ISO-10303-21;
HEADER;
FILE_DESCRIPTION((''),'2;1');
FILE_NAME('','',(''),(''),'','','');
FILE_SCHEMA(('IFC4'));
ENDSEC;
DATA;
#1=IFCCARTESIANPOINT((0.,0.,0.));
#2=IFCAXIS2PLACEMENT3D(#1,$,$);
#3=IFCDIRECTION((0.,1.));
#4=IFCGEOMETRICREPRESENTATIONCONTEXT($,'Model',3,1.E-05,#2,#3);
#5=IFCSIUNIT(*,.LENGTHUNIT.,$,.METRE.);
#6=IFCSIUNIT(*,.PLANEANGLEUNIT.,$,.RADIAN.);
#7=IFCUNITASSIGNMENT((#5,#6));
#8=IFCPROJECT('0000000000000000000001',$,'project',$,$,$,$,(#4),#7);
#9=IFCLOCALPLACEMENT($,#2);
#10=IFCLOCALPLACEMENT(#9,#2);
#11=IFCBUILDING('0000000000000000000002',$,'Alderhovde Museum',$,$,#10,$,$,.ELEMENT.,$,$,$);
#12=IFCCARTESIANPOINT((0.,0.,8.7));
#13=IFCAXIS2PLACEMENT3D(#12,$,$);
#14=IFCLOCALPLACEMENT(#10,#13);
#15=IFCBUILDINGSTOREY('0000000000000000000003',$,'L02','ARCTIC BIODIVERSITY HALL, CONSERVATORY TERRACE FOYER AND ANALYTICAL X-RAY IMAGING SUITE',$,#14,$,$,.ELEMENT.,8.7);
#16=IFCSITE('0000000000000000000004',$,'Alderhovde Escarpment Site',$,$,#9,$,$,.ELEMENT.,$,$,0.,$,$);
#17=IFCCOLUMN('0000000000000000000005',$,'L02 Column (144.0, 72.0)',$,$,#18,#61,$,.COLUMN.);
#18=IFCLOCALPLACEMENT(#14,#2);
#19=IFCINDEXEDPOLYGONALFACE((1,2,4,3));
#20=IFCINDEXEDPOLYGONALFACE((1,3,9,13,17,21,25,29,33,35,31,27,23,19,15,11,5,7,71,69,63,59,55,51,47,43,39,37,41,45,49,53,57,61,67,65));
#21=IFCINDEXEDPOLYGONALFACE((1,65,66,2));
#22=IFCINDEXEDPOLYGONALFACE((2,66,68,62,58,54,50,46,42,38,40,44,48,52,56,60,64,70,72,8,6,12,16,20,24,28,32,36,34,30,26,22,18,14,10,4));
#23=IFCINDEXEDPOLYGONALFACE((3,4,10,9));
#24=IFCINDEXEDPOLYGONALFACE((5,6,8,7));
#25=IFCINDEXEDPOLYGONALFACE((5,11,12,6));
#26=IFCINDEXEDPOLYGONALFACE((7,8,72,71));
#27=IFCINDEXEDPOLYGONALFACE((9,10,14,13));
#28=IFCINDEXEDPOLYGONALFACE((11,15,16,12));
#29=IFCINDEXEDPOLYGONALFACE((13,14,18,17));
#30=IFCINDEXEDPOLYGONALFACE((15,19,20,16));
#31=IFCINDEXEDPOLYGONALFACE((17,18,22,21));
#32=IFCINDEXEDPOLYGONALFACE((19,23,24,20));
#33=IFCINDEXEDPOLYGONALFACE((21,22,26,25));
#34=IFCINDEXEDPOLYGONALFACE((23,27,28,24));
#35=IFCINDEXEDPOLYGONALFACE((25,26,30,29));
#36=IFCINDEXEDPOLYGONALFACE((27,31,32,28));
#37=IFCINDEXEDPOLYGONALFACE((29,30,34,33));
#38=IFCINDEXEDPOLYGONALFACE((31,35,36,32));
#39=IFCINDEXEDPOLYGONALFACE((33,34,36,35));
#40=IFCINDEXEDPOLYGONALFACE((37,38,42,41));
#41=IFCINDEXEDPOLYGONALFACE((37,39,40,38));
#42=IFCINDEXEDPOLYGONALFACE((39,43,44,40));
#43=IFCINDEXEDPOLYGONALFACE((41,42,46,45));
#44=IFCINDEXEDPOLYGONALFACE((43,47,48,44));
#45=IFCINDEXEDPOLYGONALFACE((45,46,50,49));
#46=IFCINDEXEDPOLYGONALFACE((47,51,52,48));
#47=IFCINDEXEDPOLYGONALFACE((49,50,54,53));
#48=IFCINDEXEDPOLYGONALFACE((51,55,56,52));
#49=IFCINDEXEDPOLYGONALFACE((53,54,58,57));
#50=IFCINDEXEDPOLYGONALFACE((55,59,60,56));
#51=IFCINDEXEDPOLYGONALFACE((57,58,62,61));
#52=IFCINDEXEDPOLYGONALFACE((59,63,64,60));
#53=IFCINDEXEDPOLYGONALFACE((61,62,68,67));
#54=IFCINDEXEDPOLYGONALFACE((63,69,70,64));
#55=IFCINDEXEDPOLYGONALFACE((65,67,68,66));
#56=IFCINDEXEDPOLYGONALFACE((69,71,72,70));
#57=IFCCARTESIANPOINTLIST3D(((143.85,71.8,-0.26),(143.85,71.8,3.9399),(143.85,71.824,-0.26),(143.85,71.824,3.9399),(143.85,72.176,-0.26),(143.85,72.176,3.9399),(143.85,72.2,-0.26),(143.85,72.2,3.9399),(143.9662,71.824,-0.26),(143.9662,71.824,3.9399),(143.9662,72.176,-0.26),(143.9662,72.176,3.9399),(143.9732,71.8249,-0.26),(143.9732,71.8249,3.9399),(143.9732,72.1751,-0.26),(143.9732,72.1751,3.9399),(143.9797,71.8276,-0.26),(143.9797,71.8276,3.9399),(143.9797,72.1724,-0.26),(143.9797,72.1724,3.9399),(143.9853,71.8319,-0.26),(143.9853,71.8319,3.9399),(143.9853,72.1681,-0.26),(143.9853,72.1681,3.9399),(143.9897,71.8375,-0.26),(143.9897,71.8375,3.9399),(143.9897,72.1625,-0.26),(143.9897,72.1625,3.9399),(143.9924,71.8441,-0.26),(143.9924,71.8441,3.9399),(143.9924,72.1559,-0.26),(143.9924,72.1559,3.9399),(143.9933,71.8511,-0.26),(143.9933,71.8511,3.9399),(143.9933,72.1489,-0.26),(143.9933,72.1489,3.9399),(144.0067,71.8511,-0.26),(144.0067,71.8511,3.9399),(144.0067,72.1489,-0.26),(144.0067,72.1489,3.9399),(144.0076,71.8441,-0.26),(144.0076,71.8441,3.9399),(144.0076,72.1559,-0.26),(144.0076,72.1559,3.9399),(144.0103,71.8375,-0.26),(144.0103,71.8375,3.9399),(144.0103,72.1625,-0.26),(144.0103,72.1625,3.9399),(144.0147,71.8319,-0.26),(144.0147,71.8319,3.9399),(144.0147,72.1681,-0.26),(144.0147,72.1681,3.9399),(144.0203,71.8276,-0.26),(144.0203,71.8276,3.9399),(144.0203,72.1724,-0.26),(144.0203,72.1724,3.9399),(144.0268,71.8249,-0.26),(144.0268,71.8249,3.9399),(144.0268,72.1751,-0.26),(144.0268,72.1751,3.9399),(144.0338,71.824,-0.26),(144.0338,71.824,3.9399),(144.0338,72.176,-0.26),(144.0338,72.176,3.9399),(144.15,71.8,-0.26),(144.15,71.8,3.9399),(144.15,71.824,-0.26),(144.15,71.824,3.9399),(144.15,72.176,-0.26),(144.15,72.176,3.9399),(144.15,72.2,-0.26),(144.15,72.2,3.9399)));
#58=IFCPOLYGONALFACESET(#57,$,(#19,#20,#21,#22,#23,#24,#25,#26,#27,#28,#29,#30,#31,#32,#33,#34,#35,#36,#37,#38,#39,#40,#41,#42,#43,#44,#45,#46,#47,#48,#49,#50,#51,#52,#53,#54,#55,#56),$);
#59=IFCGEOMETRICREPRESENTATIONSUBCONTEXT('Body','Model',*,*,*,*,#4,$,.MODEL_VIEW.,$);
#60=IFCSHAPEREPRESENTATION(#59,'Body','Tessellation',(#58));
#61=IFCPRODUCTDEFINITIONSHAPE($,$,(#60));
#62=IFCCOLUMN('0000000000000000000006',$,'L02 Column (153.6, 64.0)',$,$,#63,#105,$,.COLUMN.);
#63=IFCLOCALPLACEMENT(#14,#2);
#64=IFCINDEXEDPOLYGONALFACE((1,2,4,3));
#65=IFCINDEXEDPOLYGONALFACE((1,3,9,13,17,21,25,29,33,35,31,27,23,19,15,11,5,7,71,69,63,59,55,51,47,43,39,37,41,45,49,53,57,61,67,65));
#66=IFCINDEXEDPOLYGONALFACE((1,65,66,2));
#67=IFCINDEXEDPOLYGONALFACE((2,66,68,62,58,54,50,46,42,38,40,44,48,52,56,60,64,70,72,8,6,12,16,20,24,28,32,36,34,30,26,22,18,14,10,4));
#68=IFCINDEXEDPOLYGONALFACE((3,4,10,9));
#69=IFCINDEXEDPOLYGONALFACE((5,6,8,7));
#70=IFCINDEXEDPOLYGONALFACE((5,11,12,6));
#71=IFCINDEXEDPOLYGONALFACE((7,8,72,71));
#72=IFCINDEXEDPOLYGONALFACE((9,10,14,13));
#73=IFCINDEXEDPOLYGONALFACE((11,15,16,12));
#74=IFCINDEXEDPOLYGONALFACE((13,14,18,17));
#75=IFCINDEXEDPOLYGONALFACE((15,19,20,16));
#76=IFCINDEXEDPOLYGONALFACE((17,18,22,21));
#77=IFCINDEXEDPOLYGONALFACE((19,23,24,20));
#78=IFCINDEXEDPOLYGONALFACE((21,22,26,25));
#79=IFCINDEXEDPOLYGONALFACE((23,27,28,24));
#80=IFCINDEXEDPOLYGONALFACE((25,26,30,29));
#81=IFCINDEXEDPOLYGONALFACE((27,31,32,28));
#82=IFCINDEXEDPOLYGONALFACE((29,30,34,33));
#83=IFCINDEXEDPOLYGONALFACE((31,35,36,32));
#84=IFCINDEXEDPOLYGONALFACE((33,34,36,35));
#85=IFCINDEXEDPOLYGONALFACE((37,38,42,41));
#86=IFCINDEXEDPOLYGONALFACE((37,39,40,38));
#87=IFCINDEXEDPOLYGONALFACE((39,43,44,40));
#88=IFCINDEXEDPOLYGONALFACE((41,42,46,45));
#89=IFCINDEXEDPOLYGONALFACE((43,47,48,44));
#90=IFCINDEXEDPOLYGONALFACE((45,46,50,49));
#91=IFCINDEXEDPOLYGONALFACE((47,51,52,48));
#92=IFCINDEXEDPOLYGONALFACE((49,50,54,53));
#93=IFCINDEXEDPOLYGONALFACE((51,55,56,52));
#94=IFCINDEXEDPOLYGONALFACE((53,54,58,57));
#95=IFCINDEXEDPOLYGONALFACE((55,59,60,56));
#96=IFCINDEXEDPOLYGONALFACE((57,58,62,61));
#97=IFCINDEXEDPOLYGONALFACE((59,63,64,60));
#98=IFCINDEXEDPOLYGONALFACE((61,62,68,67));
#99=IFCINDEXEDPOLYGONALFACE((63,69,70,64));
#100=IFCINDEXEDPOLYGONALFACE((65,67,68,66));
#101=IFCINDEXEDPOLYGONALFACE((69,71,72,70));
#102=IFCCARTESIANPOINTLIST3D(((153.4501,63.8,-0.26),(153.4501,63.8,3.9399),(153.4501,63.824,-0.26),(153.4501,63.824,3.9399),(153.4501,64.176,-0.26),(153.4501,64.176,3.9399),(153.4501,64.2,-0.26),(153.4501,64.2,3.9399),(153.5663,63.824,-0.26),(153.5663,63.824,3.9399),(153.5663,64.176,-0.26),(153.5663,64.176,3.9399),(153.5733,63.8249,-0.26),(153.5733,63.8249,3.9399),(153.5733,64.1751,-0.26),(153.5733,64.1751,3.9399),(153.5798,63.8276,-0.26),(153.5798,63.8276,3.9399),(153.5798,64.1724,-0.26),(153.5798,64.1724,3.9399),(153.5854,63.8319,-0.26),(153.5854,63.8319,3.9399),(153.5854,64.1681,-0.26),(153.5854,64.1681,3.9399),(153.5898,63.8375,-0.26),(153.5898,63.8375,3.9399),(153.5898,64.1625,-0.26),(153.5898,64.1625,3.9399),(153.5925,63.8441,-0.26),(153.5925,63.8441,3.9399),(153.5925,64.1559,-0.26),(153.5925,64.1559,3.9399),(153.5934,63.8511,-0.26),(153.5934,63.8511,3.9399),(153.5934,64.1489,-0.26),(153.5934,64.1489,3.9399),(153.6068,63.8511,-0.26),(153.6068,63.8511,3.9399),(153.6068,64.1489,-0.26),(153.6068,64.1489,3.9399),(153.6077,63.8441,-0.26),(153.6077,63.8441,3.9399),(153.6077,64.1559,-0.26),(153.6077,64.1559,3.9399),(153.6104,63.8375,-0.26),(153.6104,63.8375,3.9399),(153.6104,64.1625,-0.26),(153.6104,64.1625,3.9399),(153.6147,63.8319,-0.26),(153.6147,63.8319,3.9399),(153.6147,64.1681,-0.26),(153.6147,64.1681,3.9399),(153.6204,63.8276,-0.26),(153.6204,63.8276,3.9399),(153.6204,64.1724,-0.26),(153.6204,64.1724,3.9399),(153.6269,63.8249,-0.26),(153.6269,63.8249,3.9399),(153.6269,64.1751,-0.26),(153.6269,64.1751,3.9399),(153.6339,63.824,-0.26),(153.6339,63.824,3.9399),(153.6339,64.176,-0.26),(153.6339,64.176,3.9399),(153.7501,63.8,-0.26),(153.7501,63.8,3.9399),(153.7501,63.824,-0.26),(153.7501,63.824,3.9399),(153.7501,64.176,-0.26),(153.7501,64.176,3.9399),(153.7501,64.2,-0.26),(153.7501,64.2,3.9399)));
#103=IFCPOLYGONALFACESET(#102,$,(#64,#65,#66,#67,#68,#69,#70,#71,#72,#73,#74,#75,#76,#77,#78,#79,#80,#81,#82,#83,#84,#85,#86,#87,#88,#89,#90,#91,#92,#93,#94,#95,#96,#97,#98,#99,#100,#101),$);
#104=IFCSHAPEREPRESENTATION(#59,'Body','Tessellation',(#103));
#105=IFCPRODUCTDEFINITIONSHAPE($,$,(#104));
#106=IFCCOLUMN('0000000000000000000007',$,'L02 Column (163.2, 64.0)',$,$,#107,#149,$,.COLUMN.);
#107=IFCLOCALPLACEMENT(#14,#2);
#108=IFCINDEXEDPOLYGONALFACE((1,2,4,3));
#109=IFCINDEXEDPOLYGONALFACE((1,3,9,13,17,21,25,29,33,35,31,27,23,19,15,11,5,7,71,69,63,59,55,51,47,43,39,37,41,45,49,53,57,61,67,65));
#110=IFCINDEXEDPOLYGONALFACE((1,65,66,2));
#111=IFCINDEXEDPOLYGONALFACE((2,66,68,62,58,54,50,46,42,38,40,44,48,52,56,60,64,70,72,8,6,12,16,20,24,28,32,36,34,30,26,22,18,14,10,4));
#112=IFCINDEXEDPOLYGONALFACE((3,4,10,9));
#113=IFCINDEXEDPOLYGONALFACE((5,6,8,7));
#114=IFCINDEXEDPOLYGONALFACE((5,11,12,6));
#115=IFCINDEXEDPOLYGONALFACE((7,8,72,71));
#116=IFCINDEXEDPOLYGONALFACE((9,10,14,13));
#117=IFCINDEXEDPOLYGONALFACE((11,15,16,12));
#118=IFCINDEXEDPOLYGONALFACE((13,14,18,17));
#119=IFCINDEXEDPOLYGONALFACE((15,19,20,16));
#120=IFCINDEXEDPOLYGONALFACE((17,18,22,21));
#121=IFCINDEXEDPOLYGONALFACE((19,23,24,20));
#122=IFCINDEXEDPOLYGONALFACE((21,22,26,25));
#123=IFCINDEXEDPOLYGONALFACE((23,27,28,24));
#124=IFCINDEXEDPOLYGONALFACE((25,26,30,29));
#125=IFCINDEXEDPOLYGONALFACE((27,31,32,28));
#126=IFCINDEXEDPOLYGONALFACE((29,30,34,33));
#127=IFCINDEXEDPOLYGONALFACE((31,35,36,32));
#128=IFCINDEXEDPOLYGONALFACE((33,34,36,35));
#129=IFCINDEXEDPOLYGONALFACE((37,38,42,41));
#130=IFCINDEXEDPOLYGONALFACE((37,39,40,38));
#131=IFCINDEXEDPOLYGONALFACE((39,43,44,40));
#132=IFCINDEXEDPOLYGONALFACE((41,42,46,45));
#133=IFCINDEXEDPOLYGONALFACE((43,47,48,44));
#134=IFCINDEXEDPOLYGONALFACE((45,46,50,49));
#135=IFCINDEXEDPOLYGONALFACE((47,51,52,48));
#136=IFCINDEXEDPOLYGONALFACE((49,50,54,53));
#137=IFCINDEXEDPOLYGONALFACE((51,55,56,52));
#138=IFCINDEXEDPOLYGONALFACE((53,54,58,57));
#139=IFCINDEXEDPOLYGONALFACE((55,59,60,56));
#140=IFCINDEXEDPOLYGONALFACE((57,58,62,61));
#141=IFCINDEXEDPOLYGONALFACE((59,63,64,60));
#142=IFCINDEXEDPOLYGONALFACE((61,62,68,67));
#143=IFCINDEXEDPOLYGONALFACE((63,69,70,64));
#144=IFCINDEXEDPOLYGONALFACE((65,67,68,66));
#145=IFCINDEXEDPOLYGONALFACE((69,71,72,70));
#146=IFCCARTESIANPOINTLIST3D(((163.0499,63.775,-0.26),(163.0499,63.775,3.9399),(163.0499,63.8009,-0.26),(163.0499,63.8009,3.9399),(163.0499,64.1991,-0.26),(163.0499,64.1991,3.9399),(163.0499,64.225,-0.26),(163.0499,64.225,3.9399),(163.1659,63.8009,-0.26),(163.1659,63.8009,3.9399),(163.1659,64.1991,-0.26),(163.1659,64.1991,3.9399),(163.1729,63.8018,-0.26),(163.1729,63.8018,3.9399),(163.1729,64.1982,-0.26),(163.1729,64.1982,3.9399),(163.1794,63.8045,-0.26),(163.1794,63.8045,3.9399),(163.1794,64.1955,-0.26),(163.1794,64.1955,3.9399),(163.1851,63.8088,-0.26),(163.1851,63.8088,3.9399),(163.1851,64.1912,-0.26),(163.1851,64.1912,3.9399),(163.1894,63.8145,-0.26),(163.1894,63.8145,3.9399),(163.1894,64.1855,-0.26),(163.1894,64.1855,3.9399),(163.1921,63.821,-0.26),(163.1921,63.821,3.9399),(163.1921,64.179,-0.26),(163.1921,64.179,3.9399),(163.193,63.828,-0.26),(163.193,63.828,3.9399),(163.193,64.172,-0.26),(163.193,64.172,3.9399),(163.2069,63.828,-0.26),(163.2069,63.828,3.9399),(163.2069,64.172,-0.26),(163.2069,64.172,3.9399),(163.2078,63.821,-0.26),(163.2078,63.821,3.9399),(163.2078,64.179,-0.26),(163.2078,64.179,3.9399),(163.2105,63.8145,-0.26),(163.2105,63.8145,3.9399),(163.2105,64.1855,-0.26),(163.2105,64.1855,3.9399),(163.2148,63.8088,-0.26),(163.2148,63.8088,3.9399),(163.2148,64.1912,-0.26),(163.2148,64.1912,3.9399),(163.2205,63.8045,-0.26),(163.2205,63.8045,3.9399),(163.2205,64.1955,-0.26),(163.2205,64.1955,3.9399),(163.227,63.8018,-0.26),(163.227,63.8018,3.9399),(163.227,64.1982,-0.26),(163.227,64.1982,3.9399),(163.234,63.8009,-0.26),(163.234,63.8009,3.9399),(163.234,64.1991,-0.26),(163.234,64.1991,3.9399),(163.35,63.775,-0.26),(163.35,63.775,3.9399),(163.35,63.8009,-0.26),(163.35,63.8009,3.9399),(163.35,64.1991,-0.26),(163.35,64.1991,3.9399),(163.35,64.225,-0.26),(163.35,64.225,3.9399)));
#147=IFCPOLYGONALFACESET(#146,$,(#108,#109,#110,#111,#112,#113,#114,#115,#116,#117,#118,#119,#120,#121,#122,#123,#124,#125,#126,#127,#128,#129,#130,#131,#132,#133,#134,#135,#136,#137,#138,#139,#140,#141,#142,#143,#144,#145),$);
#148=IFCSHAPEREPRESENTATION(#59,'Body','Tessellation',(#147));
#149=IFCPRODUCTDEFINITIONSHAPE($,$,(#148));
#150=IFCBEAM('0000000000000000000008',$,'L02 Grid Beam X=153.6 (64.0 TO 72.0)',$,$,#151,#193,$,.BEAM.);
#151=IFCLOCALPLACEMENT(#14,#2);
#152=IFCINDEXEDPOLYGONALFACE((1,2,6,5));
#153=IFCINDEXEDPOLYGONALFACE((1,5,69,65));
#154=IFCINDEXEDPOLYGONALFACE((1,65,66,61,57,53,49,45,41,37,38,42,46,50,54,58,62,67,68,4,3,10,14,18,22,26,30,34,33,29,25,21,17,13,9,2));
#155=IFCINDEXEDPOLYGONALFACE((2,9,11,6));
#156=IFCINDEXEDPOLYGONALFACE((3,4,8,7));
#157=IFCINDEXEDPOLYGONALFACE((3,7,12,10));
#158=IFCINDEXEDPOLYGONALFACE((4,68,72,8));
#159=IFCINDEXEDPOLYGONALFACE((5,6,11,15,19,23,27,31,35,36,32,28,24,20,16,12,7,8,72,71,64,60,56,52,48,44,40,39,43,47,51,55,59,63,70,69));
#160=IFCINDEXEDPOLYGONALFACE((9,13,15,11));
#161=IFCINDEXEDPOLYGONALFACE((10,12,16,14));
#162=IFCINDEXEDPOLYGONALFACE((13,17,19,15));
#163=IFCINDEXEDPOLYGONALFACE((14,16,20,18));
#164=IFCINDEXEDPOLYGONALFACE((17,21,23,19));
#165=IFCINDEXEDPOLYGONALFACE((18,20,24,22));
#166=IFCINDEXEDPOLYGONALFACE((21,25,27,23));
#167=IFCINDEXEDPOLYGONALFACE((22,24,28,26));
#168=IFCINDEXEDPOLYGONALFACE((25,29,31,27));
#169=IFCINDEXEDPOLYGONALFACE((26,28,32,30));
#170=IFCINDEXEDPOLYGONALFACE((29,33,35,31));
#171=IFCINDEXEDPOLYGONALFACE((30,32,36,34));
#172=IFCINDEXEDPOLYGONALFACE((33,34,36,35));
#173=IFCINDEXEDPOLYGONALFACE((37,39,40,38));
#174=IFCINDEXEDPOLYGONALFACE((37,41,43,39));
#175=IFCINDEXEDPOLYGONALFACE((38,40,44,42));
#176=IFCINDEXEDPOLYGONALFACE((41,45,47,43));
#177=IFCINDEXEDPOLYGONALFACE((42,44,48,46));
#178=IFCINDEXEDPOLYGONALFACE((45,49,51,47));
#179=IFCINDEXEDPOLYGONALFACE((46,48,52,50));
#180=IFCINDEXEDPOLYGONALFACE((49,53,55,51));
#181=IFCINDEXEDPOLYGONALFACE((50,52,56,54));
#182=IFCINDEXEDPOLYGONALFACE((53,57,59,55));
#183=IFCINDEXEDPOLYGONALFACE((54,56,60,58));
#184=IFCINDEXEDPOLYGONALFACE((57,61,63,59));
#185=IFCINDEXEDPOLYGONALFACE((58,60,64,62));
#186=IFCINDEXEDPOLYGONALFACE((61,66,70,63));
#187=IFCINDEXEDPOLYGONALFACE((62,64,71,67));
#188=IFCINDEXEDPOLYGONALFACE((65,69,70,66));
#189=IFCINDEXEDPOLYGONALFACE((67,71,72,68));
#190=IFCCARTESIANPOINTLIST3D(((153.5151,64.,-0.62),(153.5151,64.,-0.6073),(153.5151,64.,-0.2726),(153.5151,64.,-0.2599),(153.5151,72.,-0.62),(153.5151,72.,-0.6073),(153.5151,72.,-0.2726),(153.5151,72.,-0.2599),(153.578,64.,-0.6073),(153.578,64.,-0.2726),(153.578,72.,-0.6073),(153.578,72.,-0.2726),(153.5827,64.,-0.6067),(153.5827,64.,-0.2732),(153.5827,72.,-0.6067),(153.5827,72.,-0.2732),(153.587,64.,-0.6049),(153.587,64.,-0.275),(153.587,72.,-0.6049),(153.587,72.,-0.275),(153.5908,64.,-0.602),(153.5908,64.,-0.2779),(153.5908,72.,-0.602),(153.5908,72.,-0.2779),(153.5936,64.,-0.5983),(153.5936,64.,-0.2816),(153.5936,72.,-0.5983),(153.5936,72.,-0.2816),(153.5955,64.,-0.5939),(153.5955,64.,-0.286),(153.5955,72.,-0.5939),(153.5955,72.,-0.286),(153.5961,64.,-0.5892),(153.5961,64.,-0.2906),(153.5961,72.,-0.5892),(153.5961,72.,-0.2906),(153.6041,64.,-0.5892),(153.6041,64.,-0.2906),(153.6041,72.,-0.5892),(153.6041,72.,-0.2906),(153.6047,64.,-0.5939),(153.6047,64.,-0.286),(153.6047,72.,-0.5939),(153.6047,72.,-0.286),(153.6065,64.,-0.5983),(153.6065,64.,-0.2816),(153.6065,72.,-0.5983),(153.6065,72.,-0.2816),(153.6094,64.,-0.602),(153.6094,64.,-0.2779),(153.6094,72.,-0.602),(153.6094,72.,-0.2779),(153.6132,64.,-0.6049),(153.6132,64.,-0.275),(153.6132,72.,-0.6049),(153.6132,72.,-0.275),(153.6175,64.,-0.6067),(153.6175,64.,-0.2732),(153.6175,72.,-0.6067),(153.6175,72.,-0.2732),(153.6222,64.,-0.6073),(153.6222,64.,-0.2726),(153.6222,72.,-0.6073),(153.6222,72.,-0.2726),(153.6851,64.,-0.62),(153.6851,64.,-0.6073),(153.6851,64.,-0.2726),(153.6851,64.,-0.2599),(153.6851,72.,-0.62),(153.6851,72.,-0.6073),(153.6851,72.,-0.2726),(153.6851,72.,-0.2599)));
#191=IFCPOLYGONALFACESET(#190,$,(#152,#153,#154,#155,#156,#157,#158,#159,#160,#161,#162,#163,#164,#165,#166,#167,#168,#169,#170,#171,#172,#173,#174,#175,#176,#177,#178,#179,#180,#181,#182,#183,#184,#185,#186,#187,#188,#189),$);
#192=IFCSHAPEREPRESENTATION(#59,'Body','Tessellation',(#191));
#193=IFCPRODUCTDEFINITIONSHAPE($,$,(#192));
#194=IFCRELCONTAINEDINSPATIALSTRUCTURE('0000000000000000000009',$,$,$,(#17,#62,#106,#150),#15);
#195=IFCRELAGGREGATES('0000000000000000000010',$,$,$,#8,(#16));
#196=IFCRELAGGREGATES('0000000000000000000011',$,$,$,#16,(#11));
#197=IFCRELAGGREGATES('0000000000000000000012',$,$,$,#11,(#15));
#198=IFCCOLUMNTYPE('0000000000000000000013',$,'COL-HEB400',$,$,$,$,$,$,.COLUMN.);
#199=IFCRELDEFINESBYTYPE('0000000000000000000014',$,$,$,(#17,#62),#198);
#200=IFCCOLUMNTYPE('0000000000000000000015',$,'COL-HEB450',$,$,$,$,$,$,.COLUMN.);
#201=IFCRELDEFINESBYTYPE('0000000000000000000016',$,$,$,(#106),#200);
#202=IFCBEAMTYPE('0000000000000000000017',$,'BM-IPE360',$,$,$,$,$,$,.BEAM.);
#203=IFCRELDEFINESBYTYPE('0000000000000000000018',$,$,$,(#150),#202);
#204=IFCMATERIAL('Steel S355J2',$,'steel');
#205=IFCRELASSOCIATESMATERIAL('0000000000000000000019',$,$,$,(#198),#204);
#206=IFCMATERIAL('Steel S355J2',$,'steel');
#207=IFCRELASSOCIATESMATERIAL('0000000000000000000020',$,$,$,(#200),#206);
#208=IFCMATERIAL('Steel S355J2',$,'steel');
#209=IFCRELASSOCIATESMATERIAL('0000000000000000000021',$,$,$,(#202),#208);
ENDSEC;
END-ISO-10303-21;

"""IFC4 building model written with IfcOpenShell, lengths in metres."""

from ifc_helpers import new_model, si_unit, direction, frame, origin, origin_2d, place, context, subcontext, project, spatial, i_section, extrude, material, material_profile, profile_set, type_object, element, save


model = new_model("IFC4")

# Units and contexts
model_context = context("Model", 3, precision=1e-05, world=origin(), true_north=direction((0.0, 1.0)))
body_context = subcontext(model_context, "Body", "Model", "MODEL_VIEW")
ifc_project = project(units=[si_unit("LENGTHUNIT", "METRE"), si_unit("PLANEANGLEUNIT", "RADIAN")], contexts=[model_context])

# Site, building, storey
site_placement = place(None, origin())
site = spatial("IfcSite", under=ifc_project, at=site_placement, Name="Alderhovde Escarpment Site", CompositionType="ELEMENT", RefElevation=0.0)
building_placement = place(site_placement, origin())
building = spatial("IfcBuilding", under=site, at=building_placement, Name="Alderhovde Museum", CompositionType="ELEMENT")
storey_placement = place(building_placement, frame((0.0, 0.0, 8.7)))
storey = spatial("IfcBuildingStorey", under=building, at=storey_placement, Name="L02", Description="ARCTIC BIODIVERSITY HALL, CONSERVATORY TERRACE FOYER AND ANALYTICAL X-RAY IMAGING SUITE", CompositionType="ELEMENT", Elevation=8.7)

# Columns
ifc_material_1 = material(Name="Steel S355J2", Category="steel")
ifc_material_profile_1 = material_profile(ifc_material_1, i_section(OverallWidth=0.3, OverallDepth=0.3999, WebThickness=0.0134, FlangeThickness=0.0239, FilletRadius=0.0271, at=origin_2d()), Name="HEB 400")
ifc_profile_set_1 = profile_set([ifc_material_profile_1], Name="Steel S355J2")
column_type_1 = type_object("IfcColumnType", Name="COL-HEB400", PredefinedType="COLUMN", material=ifc_profile_set_1)
for number, where, z_axis, x_axis, name in (
    (1, (144.0, 72.0, -0.26), (0.0, 0.0, 1.0), (1.0, 0.0, 0.0), "L02 Column (144.0, 72.0)"),
    (2, (153.6001, 64.0, -0.26), (0.0, 0.0, 1.0), (1.0, 0.0, 0.0), "L02 Column (153.6, 64.0)"),
):
    element("IfcColumn", number, at=place(storey_placement, frame(where, z_axis=z_axis, x_axis=x_axis)), inside=storey, type_object=column_type_1, Name=name, PredefinedType="COLUMN", context=body_context, shape_type="SweptSolid", body=[
        extrude(i_section(OverallWidth=0.3, OverallDepth=0.3999, WebThickness=0.0134, FlangeThickness=0.0239, FilletRadius=0.0271, at=origin_2d()), origin(), (0.0, 0.0, 1.0), 4.2),
    ])
ifc_material_2 = material(Name="Steel S355J2", Category="steel")
ifc_material_profile_2 = material_profile(ifc_material_2, i_section(OverallWidth=0.3, OverallDepth=0.45, WebThickness=0.0139, FlangeThickness=0.0259, FilletRadius=0.0271, at=origin_2d()), Name="HEB 450")
ifc_profile_set_2 = profile_set([ifc_material_profile_2], Name="Steel S355J2")
column_type_2 = type_object("IfcColumnType", Name="COL-HEB450", PredefinedType="COLUMN", material=ifc_profile_set_2)
column_placement = place(storey_placement, frame((163.2, 64.0, -0.26), z_axis=(0.0, 0.0, 1.0), x_axis=(1.0, 0.0, 0.0)))
element("IfcColumn", 3, at=column_placement, inside=storey, type_object=column_type_2, Name="L02 Column (163.2, 64.0)", PredefinedType="COLUMN", context=body_context, shape_type="SweptSolid", body=[
    extrude(i_section(OverallWidth=0.3, OverallDepth=0.45, WebThickness=0.0139, FlangeThickness=0.0259, FilletRadius=0.0271, at=origin_2d()), origin(), (0.0, 0.0, 1.0), 4.2),
])

# Beam
ifc_material_3 = material(Name="Steel S355J2", Category="steel")
ifc_material_profile_3 = material_profile(ifc_material_3, i_section(OverallWidth=0.1699, OverallDepth=0.3601, WebThickness=0.0081, FlangeThickness=0.0127, FilletRadius=0.0181, at=origin_2d()), Name="IPE 360")
ifc_profile_set_3 = profile_set([ifc_material_profile_3], Name="Steel S355J2")
beam_type_1 = type_object("IfcBeamType", Name="BM-IPE360", PredefinedType="BEAM", material=ifc_profile_set_3)
for number, where, z_axis, x_axis, name in (
    (4, (153.6001, 64.0, -0.4399), (0.0, 1.0, 0.0), (-1.0, 0.0, 0.0), "L02 Grid Beam X=153.6 (64.0 TO 72.0)"),
):
    element("IfcBeam", number, at=place(storey_placement, frame(where, z_axis=z_axis, x_axis=x_axis)), inside=storey, type_object=beam_type_1, Name=name, PredefinedType="BEAM", context=body_context, shape_type="SweptSolid", body=[
        extrude(i_section(OverallWidth=0.1699, OverallDepth=0.3601, WebThickness=0.0081, FlangeThickness=0.0127, FilletRadius=0.0181, at=origin_2d()), origin(), (0.0, 0.0, 1.0), 8.0),
    ])

save(model, "model.ifc")
